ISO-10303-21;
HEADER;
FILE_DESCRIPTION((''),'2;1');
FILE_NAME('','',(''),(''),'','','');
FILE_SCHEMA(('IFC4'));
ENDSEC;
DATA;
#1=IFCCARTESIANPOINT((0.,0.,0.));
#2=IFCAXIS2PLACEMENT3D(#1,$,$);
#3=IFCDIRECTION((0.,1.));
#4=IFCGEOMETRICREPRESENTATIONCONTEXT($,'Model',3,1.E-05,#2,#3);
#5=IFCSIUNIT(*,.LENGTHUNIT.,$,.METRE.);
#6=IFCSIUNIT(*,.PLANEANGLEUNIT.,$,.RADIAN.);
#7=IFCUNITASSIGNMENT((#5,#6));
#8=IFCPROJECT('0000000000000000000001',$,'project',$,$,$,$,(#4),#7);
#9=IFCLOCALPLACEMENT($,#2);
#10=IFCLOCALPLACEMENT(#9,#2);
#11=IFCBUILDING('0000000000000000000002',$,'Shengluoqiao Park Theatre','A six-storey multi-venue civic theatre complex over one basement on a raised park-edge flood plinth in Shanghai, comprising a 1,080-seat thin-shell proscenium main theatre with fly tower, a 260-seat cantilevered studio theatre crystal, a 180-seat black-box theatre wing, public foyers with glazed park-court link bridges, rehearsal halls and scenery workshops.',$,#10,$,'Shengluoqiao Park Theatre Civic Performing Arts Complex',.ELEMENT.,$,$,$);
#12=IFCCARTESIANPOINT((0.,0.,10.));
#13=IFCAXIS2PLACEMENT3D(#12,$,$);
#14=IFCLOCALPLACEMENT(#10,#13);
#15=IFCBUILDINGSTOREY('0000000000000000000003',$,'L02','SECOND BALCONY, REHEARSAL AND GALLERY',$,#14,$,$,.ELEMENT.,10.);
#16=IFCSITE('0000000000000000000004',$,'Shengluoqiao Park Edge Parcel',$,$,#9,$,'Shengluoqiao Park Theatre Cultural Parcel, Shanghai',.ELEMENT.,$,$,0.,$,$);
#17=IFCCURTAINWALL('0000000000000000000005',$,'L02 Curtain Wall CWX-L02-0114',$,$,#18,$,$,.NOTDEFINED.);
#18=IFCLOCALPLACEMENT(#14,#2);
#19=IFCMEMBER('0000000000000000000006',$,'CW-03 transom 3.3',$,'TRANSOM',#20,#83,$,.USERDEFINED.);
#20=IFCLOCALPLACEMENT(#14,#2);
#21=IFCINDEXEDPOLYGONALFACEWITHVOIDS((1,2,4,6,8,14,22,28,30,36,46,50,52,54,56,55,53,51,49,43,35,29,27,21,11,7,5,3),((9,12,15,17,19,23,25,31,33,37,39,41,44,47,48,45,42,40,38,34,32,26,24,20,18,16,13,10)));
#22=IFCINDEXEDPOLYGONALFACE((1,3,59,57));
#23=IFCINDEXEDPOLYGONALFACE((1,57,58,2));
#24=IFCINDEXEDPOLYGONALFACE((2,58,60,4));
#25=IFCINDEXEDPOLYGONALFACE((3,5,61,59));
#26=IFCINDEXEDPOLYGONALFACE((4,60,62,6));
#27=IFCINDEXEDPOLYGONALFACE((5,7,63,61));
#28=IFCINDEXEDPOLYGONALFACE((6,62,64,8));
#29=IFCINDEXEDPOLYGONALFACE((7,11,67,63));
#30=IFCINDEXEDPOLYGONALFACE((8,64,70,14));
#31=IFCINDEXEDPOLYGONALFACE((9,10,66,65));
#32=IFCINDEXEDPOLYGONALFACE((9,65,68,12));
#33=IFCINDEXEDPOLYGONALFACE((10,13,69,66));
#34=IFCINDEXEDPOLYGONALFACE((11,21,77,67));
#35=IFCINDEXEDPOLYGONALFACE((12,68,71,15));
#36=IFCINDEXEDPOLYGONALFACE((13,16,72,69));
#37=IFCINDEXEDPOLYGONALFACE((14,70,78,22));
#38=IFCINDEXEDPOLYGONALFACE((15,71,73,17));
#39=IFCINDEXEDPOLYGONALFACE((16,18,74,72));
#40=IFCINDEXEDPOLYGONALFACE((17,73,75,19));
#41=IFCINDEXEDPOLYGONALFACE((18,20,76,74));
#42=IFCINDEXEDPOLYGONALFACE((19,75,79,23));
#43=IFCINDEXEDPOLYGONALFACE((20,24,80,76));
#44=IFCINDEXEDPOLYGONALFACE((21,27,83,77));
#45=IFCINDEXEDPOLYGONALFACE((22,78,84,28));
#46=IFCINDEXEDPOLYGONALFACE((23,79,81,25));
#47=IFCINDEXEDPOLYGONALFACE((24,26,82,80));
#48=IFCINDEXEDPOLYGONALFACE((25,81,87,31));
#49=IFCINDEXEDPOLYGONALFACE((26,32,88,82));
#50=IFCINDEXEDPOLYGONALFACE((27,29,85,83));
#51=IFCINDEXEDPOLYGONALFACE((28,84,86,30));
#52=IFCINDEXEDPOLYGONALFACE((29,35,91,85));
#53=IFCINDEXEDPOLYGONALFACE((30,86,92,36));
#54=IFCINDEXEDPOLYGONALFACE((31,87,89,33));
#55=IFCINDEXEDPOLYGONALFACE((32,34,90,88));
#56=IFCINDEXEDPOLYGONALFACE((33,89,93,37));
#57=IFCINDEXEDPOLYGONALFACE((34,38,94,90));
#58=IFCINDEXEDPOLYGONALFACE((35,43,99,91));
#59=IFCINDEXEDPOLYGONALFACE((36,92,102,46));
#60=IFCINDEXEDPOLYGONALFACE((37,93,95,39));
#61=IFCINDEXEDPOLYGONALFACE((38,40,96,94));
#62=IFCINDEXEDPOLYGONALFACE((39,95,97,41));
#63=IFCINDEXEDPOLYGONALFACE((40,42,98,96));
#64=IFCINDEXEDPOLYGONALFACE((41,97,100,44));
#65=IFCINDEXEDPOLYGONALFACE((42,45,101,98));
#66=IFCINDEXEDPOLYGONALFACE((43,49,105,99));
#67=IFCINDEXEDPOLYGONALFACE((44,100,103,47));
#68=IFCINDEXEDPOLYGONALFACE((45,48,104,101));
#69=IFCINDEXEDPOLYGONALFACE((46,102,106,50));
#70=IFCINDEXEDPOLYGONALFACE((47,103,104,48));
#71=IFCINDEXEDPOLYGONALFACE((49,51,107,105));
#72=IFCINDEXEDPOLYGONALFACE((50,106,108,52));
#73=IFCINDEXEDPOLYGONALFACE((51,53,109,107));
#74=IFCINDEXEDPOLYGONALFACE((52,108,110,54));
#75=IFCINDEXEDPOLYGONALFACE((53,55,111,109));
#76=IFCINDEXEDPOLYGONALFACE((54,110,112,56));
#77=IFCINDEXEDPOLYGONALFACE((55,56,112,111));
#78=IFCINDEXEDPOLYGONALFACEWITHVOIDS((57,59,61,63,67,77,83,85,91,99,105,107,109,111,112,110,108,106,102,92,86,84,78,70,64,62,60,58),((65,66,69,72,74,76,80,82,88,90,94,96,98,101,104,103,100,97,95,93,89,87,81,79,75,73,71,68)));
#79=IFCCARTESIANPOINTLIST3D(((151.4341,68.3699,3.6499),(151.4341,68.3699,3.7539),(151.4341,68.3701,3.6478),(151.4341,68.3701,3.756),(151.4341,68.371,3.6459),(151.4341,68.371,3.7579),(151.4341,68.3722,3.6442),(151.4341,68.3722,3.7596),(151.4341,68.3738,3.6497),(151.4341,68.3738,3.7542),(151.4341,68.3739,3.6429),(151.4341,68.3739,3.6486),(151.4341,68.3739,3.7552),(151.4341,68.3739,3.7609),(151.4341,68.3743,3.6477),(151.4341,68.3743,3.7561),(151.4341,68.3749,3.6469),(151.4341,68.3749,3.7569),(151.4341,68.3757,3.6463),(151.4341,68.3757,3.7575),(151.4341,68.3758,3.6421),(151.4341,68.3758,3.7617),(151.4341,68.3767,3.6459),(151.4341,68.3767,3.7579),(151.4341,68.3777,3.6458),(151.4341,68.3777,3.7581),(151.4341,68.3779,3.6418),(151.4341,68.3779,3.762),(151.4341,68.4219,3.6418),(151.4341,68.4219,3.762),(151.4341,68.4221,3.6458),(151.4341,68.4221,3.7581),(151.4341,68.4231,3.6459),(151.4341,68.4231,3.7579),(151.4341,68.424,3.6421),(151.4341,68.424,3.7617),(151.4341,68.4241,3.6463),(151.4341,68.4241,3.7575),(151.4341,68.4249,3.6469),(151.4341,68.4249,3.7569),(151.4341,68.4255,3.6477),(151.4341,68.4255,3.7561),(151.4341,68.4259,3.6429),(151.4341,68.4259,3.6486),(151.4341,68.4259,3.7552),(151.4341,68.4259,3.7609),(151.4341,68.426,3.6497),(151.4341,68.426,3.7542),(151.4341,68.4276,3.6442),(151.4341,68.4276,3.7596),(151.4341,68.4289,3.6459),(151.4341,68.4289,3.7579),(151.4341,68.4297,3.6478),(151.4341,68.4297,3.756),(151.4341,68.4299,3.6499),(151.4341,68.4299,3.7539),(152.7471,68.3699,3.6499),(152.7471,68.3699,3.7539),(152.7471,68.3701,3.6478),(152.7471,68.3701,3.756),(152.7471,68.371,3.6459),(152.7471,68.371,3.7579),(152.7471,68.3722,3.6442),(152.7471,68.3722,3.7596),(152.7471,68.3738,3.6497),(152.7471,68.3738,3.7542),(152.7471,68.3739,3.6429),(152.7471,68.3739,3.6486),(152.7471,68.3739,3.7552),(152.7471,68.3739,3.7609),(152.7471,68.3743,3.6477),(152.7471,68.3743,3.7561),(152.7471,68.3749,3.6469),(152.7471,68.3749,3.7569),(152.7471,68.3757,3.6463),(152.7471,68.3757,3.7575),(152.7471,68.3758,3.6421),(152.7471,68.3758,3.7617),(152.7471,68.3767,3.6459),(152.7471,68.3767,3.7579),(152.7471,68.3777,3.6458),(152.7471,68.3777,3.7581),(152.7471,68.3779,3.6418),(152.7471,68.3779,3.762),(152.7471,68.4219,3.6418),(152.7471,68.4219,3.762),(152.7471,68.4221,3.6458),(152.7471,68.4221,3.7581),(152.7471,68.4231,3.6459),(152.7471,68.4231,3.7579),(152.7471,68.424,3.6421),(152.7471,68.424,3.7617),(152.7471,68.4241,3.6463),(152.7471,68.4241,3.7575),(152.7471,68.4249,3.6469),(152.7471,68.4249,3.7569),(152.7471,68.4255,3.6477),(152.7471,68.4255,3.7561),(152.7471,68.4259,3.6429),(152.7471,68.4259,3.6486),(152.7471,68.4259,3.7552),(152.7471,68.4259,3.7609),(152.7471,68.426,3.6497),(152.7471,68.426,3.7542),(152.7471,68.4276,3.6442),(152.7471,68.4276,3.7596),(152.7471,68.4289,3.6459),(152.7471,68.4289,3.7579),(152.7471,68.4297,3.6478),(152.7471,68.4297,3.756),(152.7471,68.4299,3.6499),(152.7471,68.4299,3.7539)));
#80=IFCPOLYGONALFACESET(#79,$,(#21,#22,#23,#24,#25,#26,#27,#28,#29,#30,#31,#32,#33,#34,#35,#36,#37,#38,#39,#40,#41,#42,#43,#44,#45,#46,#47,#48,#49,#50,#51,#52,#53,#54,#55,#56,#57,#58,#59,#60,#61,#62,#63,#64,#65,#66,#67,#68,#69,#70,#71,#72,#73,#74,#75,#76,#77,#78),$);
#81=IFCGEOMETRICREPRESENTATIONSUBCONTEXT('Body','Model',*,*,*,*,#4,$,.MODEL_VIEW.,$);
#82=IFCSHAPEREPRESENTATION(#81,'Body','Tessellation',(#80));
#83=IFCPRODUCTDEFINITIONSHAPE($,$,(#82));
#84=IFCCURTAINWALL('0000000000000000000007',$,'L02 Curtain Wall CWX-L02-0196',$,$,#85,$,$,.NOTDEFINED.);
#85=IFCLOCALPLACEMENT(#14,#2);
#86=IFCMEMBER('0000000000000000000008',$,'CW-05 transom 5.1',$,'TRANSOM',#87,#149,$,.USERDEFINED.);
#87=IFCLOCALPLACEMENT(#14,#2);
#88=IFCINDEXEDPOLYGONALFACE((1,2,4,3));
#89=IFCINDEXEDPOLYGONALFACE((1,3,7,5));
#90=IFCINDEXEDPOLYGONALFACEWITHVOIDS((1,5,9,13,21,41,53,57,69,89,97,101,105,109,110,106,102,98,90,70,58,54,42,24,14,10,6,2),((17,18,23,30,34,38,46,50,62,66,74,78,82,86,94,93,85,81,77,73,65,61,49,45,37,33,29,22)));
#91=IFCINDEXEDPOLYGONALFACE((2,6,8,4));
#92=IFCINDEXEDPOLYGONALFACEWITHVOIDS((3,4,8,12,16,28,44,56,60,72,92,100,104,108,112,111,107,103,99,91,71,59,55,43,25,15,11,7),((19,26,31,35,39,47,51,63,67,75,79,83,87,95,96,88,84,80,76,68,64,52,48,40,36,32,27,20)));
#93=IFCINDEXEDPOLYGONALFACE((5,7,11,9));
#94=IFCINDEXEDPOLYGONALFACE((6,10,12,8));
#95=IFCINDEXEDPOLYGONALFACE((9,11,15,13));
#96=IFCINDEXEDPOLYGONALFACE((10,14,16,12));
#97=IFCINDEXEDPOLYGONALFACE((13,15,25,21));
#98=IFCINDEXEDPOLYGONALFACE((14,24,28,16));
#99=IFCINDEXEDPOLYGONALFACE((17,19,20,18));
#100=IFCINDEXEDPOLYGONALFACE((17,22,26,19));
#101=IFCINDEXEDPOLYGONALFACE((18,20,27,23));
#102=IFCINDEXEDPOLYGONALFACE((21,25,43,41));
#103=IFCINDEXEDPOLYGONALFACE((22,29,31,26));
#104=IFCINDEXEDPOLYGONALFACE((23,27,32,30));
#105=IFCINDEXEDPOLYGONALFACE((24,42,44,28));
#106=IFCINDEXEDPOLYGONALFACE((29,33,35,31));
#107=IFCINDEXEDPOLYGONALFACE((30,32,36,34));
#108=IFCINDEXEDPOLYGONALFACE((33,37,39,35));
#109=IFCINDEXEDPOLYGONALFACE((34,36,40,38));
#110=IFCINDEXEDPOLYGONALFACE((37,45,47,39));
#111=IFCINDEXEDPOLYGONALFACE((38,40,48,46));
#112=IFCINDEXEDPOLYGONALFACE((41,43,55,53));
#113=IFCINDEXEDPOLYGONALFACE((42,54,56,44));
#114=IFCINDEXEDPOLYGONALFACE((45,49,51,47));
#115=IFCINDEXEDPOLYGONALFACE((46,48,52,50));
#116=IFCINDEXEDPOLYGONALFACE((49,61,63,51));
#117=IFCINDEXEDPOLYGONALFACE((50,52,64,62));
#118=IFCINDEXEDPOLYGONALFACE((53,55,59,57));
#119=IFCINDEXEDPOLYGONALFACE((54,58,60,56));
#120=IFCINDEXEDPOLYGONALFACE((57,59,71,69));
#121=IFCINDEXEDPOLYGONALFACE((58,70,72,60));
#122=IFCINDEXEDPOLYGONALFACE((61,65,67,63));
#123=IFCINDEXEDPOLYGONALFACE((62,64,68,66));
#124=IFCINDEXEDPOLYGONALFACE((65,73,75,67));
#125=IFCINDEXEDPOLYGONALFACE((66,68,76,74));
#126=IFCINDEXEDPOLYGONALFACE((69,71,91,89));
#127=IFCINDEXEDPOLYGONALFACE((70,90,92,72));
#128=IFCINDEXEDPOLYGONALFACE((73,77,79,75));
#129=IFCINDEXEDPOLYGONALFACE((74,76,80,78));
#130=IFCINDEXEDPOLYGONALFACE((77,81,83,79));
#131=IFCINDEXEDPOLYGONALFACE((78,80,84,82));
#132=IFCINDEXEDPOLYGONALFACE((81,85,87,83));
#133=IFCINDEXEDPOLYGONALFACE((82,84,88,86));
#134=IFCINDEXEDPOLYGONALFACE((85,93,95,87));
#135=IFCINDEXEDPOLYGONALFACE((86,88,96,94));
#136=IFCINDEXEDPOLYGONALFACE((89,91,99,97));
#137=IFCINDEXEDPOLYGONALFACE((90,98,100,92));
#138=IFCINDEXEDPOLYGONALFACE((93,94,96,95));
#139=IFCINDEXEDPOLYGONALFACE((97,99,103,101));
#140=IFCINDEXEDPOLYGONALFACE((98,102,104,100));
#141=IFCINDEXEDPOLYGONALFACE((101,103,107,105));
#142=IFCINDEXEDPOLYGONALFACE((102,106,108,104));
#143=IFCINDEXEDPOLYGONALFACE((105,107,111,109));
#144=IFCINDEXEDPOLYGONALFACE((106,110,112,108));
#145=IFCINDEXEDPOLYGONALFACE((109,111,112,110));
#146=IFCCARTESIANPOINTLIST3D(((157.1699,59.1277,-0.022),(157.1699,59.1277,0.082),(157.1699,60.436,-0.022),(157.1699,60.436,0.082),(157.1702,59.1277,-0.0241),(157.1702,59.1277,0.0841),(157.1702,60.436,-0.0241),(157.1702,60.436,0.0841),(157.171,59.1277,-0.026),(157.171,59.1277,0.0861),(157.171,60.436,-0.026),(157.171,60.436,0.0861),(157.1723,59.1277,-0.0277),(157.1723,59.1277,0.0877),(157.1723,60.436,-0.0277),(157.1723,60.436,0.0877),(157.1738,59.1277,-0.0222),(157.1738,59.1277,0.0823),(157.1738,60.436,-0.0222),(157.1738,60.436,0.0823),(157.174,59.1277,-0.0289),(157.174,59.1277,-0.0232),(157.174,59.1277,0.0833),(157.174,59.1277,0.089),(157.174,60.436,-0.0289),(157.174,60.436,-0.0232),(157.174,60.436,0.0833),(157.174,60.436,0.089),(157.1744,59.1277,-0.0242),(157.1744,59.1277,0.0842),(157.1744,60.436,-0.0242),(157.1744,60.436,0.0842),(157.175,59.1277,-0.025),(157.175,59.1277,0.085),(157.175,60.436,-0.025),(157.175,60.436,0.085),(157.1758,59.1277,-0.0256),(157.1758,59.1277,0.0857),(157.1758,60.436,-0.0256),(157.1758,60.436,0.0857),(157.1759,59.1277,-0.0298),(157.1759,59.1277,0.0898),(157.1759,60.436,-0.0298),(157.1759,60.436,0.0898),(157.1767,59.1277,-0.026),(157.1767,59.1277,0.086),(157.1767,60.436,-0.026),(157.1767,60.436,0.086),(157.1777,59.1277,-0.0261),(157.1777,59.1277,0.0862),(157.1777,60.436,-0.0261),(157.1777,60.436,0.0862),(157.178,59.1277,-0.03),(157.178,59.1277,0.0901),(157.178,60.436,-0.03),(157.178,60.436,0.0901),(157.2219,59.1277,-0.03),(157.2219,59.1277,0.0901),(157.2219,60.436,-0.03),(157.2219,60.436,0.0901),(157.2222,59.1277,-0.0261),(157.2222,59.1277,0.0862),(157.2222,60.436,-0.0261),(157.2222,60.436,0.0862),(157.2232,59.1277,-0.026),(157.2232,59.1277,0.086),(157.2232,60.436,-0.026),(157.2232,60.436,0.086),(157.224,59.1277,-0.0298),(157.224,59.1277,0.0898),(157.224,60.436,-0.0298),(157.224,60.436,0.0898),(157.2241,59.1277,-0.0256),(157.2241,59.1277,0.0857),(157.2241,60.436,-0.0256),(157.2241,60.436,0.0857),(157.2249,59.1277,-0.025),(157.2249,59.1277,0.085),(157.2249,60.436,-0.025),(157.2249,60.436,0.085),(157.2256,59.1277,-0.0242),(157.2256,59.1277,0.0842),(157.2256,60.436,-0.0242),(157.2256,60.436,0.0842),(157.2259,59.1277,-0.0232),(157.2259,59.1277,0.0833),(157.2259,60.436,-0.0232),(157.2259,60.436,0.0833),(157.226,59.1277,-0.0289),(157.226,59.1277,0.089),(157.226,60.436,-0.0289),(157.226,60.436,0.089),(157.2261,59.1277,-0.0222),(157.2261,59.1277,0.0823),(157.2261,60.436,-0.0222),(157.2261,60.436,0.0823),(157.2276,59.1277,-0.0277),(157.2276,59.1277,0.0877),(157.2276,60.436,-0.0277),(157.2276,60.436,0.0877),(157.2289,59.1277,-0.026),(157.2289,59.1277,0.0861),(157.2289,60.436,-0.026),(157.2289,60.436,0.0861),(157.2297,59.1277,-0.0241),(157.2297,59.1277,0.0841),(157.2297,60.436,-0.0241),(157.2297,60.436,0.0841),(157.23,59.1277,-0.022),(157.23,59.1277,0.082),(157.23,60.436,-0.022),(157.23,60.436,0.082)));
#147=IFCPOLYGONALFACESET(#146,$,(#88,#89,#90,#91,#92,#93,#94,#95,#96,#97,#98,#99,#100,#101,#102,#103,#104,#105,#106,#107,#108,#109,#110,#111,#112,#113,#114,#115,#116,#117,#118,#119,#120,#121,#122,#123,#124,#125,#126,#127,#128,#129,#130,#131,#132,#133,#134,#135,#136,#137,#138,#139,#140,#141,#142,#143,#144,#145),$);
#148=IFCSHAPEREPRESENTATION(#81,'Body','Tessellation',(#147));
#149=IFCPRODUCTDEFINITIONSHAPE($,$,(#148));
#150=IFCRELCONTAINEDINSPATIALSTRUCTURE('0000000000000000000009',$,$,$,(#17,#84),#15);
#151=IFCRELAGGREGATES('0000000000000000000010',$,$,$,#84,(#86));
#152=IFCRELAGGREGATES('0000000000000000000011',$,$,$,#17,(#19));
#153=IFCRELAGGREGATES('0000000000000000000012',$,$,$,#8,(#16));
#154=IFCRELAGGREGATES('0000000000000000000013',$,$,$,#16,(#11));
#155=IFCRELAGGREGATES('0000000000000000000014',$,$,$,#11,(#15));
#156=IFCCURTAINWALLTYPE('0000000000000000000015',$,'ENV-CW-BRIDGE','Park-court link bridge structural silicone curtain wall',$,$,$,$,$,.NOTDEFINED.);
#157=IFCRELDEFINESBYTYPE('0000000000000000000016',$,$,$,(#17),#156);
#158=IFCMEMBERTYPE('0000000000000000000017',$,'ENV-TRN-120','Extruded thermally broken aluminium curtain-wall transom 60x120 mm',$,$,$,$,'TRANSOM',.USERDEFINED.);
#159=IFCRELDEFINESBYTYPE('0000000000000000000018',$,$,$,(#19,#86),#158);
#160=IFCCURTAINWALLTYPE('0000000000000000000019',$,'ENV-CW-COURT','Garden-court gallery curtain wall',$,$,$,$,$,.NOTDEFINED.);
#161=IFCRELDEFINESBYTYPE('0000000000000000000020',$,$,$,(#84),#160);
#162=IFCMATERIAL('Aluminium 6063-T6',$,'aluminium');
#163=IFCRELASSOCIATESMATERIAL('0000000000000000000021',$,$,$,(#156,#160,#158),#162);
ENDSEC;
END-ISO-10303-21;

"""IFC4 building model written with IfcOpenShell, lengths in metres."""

from ifc_helpers import new_model, si_unit, direction, frame, origin, origin_2d, place, context, subcontext, project, spatial, hollow_rectangle, extrude, material, material_profile, profile_set, type_object, element, aggregate, save


model = new_model("IFC4")

# Units and contexts
model_context = context("Model", 3, precision=1e-05, world=origin(), true_north=direction((0.0, 1.0)))
body_context = subcontext(model_context, "Body", "Model", "MODEL_VIEW")
ifc_project = project(units=[si_unit("LENGTHUNIT", "METRE"), si_unit("PLANEANGLEUNIT", "RADIAN")], contexts=[model_context])

# Site, building, storey
site_placement = place(None, origin())
site = spatial("IfcSite", under=ifc_project, at=site_placement, Name="Shengluoqiao Park Edge Parcel", LongName="Shengluoqiao Park Theatre Cultural Parcel, Shanghai", CompositionType="ELEMENT", RefElevation=0.0)
building_placement = place(site_placement, origin())
building = spatial("IfcBuilding", under=site, at=building_placement, Name="Shengluoqiao Park Theatre", Description="A six-storey multi-venue civic theatre complex over one basement on a raised park-edge flood plinth in Shanghai, comprising a 1,080-seat thin-shell proscenium main theatre with fly tower, a 260-seat cantilevered studio theatre crystal, a 180-seat black-box theatre wing, public foyers with glazed park-court link bridges, rehearsal halls and scenery workshops.", LongName="Shengluoqiao Park Theatre Civic Performing Arts Complex", CompositionType="ELEMENT")
storey_placement = place(building_placement, frame((0.0, 0.0, 10.0)))
storey = spatial("IfcBuildingStorey", under=building, at=storey_placement, Name="L02", Description="SECOND BALCONY, REHEARSAL AND GALLERY", CompositionType="ELEMENT", Elevation=10.0)

# Curtain walls, members
ifc_material_1 = material(Name="Aluminium 6063-T6", Category="aluminium")
curtain_wall_type_1 = type_object("IfcCurtainWallType", Name="ENV-CW-BRIDGE", Description="Park-court link bridge structural silicone curtain wall", PredefinedType="NOTDEFINED", material=ifc_material_1)
curtain_wall_1_placement = place(storey_placement, origin())
curtain_wall_1 = element("IfcCurtainWall", 1, at=curtain_wall_1_placement, inside=storey, type_object=curtain_wall_type_1, Name="L02 Curtain Wall CWX-L02-0114", PredefinedType="NOTDEFINED")
ifc_material_profile_1 = material_profile(ifc_material_1, hollow_rectangle(XDim=0.0601, YDim=0.1201, WallThickness=0.0039, InnerFilletRadius=0.0039, OuterFilletRadius=0.0081, at=origin_2d()), Name="ALU TRANSOM 120x60x4")
ifc_profile_set_1 = profile_set([ifc_material_profile_1], Name="Aluminium 6063-T6")
member_type_1 = type_object("IfcMemberType", Name="ENV-TRN-120", Description="Extruded thermally broken aluminium curtain-wall transom 60x120 mm", ElementType="TRANSOM", PredefinedType="USERDEFINED", material=ifc_profile_set_1)
member_1_placement = place(storey_placement, frame((151.4341, 68.3999, 3.7019), z_axis=(1.0, 0.0, 0.0), x_axis=(0.0, 1.0, 0.0)))
member_1 = element("IfcMember", 2, at=member_1_placement, type_object=member_type_1, Name="CW-03 transom 3.3", ObjectType="TRANSOM", PredefinedType="USERDEFINED", context=body_context, shape_type="SweptSolid", body=[
    extrude(hollow_rectangle(XDim=0.0601, YDim=0.1201, WallThickness=0.0039, InnerFilletRadius=0.0039, OuterFilletRadius=0.0081, at=origin_2d()), origin(), (0.0, 0.0, 1.0), 1.313),
])
curtain_wall_type_2 = type_object("IfcCurtainWallType", Name="ENV-CW-COURT", Description="Garden-court gallery curtain wall", PredefinedType="NOTDEFINED", material=ifc_material_1)
curtain_wall_2_placement = place(storey_placement, origin())
curtain_wall_2 = element("IfcCurtainWall", 3, at=curtain_wall_2_placement, inside=storey, type_object=curtain_wall_type_2, Name="L02 Curtain Wall CWX-L02-0196", PredefinedType="NOTDEFINED")
member_2_placement = place(storey_placement, frame((157.2, 59.1277, 0.03), z_axis=(0.0, 1.0, 0.0), x_axis=(-1.0, 0.0, 0.0)))
member_2 = element("IfcMember", 4, at=member_2_placement, type_object=member_type_1, Name="CW-05 transom 5.1", ObjectType="TRANSOM", PredefinedType="USERDEFINED", context=body_context, shape_type="SweptSolid", body=[
    extrude(hollow_rectangle(XDim=0.0601, YDim=0.1201, WallThickness=0.0039, InnerFilletRadius=0.0039, OuterFilletRadius=0.0081, at=origin_2d()), origin(), (0.0, 0.0, 1.0), 1.3083),
])
aggregate(curtain_wall_2, [member_2])

aggregate(curtain_wall_1, [member_1])

save(model, "model.ifc")
